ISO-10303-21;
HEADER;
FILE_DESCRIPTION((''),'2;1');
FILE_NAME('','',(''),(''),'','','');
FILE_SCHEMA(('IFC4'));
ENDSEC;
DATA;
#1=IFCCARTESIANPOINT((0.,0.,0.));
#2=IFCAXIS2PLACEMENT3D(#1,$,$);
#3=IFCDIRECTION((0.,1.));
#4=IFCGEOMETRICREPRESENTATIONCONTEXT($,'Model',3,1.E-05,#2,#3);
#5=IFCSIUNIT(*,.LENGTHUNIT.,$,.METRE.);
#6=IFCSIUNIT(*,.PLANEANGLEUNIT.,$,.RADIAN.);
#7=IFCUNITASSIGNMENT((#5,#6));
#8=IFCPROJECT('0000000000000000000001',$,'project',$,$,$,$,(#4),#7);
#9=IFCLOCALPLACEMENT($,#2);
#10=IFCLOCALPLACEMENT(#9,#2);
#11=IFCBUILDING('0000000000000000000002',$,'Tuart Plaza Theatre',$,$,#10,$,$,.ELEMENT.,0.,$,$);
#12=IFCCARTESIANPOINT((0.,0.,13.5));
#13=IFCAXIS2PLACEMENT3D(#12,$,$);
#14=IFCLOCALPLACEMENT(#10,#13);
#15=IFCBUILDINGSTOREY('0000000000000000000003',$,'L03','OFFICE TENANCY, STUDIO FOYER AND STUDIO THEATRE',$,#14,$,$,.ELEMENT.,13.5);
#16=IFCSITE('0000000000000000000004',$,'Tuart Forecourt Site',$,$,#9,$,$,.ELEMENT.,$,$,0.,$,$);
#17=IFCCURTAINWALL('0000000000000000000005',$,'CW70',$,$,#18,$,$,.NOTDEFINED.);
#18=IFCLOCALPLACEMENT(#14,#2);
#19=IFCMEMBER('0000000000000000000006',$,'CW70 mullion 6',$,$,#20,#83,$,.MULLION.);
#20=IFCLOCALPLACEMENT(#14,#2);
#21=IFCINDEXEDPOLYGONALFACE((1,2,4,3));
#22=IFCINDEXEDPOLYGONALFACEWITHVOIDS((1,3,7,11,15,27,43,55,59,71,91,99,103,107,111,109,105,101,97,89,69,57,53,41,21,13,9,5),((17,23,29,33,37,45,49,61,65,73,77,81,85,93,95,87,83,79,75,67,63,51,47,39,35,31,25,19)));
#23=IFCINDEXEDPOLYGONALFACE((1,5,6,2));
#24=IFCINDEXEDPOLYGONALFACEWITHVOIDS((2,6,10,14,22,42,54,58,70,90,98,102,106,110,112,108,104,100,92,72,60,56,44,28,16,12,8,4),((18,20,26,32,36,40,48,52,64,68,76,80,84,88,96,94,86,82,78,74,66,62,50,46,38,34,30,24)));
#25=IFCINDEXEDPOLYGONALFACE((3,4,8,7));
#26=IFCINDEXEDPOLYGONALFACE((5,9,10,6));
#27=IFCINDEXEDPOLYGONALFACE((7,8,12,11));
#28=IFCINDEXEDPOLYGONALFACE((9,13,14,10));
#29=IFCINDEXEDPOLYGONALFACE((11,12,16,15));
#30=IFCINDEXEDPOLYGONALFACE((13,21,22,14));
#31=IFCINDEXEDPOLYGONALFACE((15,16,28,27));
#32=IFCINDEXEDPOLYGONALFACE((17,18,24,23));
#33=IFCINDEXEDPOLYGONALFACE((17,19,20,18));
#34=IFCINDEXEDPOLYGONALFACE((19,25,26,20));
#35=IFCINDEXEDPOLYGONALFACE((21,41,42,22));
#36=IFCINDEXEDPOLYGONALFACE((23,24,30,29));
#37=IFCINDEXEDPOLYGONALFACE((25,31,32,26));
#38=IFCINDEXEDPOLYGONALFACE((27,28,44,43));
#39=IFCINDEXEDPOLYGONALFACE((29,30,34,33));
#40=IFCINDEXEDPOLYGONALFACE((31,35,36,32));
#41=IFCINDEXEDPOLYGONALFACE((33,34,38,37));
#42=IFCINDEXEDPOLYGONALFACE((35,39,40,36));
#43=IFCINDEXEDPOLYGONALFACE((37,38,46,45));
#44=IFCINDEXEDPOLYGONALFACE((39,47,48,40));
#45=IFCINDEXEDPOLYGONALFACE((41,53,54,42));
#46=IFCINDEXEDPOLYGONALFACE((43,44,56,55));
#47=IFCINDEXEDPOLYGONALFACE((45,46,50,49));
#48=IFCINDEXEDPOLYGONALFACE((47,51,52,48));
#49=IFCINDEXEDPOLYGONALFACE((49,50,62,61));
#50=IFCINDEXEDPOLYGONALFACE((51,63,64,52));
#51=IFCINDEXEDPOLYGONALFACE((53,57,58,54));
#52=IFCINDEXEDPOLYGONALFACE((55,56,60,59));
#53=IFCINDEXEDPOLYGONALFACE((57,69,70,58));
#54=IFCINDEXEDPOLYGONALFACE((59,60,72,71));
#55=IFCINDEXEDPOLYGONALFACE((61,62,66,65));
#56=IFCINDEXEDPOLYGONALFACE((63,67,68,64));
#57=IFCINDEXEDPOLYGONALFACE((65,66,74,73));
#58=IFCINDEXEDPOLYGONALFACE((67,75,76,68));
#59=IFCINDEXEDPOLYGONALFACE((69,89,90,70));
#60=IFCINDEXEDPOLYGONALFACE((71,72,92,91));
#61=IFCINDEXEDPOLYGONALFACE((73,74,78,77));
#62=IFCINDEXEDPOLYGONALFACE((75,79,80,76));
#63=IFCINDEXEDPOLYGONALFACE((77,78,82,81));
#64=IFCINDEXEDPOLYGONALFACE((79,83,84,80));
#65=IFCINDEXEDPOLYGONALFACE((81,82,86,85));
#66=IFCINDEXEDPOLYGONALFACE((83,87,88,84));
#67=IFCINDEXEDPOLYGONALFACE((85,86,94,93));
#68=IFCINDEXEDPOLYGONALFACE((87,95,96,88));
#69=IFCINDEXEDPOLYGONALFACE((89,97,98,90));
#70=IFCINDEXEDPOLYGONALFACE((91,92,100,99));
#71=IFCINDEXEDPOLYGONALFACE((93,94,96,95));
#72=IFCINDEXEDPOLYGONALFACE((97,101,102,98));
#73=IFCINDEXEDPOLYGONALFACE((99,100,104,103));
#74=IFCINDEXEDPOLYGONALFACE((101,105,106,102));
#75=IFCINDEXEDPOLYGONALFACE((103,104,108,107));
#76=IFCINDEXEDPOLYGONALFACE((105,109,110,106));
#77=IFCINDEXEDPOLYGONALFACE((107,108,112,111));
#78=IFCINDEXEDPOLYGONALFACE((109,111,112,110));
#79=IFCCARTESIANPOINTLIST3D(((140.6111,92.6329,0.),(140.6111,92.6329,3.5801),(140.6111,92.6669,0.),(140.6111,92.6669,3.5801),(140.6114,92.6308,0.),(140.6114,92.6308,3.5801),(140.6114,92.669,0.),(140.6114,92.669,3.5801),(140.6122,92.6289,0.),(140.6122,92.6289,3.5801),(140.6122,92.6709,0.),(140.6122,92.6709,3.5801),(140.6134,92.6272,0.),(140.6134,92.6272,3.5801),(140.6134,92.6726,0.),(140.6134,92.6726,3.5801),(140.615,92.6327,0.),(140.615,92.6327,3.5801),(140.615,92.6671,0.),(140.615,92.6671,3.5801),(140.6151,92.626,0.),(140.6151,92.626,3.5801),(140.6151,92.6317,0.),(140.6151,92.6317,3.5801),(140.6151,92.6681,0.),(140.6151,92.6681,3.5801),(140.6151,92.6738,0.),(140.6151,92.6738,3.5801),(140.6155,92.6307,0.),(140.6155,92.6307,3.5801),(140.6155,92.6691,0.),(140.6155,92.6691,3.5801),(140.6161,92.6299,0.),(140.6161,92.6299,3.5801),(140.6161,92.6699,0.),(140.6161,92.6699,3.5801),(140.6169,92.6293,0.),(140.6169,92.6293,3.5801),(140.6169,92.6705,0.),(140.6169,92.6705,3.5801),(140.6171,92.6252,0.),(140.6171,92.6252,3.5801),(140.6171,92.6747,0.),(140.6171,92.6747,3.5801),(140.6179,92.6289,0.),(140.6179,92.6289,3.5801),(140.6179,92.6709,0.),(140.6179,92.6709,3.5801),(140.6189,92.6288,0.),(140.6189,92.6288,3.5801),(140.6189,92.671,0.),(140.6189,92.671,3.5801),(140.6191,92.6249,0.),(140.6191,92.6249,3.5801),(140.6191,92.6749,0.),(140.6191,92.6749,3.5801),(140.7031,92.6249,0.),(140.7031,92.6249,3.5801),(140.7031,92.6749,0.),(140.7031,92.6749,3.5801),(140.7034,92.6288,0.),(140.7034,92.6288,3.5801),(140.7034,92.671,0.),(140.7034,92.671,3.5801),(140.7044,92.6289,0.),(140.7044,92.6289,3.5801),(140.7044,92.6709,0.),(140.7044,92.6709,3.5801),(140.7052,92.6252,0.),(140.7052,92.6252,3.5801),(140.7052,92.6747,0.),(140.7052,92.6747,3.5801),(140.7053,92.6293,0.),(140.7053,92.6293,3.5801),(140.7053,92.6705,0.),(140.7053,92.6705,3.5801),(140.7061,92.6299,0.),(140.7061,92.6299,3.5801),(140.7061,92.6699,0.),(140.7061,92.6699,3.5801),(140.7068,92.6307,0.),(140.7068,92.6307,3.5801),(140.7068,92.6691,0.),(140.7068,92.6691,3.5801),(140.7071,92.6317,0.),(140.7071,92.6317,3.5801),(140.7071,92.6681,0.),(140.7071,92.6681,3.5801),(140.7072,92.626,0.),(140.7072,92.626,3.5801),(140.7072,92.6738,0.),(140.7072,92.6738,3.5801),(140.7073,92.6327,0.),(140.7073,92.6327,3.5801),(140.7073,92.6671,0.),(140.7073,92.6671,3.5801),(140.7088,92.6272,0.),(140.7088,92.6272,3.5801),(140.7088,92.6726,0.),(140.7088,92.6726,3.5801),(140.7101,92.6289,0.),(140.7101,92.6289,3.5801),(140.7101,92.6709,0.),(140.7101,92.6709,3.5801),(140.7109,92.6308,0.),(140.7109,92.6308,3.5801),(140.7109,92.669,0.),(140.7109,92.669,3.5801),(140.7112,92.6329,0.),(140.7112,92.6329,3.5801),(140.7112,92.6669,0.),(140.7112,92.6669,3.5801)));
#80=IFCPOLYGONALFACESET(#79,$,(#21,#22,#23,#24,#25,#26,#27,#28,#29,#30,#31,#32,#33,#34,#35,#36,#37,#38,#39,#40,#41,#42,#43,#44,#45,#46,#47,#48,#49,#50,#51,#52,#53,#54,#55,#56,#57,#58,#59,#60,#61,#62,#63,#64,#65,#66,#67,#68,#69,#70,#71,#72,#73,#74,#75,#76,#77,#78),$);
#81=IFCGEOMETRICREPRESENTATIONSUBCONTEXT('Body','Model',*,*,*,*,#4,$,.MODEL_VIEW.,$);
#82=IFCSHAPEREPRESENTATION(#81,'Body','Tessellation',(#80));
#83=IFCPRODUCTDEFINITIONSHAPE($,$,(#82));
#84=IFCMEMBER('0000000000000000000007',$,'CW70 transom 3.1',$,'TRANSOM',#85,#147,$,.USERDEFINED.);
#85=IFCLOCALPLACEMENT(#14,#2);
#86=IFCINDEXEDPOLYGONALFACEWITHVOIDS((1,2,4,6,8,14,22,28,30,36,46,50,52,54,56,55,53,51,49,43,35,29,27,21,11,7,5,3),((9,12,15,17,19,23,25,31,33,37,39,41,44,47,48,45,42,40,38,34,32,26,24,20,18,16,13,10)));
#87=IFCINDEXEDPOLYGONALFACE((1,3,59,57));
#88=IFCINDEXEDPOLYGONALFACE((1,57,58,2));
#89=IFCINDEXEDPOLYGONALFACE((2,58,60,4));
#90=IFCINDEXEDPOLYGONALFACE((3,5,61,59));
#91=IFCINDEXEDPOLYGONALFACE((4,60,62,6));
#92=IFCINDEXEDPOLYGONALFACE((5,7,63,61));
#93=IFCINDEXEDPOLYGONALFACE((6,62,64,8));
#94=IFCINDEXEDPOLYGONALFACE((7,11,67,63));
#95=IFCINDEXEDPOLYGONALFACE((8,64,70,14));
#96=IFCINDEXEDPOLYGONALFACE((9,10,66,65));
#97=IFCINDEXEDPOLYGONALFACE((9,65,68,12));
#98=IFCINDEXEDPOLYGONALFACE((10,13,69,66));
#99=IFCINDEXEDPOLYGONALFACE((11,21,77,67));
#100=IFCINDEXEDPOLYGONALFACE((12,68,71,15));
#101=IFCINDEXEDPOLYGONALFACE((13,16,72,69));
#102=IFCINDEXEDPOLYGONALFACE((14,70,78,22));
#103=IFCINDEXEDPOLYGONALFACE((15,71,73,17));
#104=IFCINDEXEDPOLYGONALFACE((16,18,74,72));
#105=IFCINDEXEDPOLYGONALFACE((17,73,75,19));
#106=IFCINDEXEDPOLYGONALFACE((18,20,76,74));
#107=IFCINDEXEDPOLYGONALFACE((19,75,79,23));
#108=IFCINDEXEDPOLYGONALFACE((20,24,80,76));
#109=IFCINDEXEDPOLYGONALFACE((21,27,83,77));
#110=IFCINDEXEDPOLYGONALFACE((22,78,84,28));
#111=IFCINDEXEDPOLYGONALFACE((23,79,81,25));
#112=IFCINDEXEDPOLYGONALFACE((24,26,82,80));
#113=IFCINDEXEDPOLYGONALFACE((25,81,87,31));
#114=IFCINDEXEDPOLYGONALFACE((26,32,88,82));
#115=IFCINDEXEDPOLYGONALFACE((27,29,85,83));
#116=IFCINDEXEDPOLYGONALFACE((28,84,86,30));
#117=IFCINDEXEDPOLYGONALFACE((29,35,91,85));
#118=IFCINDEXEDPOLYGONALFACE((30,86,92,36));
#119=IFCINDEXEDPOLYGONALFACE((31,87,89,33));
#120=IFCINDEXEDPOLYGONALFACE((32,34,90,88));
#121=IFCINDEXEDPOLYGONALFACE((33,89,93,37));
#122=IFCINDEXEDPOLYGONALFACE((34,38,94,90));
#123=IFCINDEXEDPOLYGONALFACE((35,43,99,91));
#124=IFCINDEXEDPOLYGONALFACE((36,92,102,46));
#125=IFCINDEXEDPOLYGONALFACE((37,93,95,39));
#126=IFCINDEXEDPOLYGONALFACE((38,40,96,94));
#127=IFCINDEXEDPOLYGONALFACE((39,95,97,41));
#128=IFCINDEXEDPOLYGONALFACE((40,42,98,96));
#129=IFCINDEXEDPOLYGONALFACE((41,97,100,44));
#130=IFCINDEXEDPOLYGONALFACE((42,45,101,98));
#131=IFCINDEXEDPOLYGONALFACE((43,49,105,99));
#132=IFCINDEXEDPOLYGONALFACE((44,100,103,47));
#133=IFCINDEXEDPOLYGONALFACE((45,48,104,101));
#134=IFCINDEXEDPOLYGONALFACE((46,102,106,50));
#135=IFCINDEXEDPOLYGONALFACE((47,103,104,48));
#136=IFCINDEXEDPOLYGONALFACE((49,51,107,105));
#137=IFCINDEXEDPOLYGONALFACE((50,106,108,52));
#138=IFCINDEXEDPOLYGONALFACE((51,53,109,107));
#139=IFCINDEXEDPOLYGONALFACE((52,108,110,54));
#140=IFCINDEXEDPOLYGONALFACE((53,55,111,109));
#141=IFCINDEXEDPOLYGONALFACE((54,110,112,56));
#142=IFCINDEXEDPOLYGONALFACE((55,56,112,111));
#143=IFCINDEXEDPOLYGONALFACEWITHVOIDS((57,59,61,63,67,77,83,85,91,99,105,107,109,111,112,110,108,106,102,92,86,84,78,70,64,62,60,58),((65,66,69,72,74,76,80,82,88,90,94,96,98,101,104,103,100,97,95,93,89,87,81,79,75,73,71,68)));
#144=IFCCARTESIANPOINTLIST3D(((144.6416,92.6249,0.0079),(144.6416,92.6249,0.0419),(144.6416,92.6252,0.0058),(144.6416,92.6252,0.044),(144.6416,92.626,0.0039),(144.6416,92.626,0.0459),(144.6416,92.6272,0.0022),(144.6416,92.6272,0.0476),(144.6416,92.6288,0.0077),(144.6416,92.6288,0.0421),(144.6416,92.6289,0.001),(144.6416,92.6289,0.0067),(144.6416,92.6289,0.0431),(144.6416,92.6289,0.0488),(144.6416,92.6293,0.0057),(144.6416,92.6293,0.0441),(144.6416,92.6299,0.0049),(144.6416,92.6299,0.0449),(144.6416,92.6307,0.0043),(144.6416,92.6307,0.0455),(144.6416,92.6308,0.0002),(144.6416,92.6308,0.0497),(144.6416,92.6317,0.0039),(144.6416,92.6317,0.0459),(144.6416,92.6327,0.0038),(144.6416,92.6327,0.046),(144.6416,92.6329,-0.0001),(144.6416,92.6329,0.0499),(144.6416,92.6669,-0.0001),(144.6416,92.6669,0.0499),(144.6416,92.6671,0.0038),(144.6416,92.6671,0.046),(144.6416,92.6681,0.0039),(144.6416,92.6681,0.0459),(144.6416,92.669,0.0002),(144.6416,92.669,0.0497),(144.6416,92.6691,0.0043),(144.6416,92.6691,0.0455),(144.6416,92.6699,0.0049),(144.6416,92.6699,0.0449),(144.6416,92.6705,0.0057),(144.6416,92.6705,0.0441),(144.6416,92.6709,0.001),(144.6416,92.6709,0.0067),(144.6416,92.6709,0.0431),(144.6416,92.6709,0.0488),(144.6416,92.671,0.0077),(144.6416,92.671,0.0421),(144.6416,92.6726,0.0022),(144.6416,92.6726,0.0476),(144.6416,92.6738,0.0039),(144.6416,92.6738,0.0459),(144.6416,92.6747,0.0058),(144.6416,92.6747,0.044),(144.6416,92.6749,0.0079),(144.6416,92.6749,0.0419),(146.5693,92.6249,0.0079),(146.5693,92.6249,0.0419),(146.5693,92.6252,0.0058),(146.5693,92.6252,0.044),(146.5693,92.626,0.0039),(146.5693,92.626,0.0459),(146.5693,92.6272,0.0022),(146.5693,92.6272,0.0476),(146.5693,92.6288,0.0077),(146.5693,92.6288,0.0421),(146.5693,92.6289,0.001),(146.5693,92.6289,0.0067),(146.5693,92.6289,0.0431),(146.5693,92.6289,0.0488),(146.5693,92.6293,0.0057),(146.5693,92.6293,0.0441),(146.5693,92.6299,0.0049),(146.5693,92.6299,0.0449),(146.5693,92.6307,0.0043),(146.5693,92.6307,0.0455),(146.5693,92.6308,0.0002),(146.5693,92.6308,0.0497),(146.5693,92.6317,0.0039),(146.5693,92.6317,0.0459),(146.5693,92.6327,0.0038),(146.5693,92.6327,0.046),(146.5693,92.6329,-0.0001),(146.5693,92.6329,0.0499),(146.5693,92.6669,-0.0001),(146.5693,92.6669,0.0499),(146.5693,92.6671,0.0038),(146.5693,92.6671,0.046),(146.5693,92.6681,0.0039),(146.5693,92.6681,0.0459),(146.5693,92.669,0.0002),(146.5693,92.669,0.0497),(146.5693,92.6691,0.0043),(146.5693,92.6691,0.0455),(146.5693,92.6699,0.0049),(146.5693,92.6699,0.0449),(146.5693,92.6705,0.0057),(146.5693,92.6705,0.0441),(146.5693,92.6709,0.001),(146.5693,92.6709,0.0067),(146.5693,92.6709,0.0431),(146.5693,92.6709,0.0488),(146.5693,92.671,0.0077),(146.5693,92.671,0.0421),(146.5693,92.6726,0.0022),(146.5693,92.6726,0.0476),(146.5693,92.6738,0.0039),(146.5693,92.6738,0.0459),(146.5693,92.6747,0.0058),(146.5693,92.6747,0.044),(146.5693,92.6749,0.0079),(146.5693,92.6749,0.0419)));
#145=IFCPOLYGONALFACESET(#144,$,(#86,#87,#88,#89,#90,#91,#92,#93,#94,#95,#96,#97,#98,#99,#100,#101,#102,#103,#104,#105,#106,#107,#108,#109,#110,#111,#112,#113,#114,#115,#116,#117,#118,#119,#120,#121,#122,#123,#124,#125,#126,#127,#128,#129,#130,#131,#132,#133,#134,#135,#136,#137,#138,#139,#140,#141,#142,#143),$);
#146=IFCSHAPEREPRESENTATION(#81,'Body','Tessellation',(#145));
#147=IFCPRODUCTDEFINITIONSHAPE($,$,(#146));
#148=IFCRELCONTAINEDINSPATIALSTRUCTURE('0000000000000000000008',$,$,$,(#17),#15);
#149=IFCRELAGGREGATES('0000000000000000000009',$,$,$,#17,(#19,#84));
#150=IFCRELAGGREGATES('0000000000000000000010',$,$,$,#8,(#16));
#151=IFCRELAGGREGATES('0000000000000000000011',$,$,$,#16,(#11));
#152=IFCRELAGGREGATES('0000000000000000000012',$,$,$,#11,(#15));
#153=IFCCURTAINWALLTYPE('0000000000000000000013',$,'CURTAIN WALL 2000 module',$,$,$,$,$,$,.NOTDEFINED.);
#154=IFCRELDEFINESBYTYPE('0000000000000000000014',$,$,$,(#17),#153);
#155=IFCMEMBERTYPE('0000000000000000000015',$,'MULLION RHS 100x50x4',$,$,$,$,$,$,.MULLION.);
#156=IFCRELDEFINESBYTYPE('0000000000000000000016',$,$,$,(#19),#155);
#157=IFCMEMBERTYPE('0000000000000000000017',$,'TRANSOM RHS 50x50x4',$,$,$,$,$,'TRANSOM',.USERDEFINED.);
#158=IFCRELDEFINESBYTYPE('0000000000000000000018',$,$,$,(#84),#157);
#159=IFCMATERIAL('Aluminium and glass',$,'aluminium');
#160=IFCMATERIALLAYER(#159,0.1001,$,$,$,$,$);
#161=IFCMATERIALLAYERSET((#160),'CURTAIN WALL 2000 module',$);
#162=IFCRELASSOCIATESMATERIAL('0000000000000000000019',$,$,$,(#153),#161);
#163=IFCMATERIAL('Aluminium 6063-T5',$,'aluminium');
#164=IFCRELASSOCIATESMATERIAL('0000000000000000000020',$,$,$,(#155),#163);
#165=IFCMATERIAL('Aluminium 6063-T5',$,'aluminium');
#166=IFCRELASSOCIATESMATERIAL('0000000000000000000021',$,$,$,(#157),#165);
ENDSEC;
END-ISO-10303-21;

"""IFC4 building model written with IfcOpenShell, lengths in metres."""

from ifc_helpers import new_model, si_unit, direction, frame, origin, origin_2d, place, context, subcontext, project, spatial, hollow_rectangle, extrude, material, layer, layer_set, material_profile, profile_set, type_object, element, aggregate, save


model = new_model("IFC4")

# Units and contexts
model_context = context("Model", 3, precision=1e-05, world=origin(), true_north=direction((0.0, 1.0)))
body_context = subcontext(model_context, "Body", "Model", "MODEL_VIEW")
ifc_project = project(units=[si_unit("LENGTHUNIT", "METRE"), si_unit("PLANEANGLEUNIT", "RADIAN")], contexts=[model_context])

# Site, building, storey
site_placement = place(None, origin())
site = spatial("IfcSite", under=ifc_project, at=site_placement, Name="Tuart Forecourt Site", CompositionType="ELEMENT", RefElevation=0.0)
building_placement = place(site_placement, origin())
building = spatial("IfcBuilding", under=site, at=building_placement, Name="Tuart Plaza Theatre", CompositionType="ELEMENT", ElevationOfRefHeight=0.0)
storey_placement = place(building_placement, frame((0.0, 0.0, 13.5)))
storey = spatial("IfcBuildingStorey", under=building, at=storey_placement, Name="L03", Description="OFFICE TENANCY, STUDIO FOYER AND STUDIO THEATRE", CompositionType="ELEMENT", Elevation=13.5)

# Curtain wall, members
ifc_material_1 = material(Name="Aluminium and glass", Category="aluminium")
ifc_layer_1 = layer(ifc_material_1, 0.1001)
ifc_layer_set_1 = layer_set([ifc_layer_1], Name="CURTAIN WALL 2000 module")
curtain_wall_type = type_object("IfcCurtainWallType", Name="CURTAIN WALL 2000 module", PredefinedType="NOTDEFINED", material=ifc_layer_set_1)
curtain_wall_placement = place(storey_placement, origin())
curtain_wall = element("IfcCurtainWall", 1, at=curtain_wall_placement, inside=storey, type_object=curtain_wall_type, Name="CW70", PredefinedType="NOTDEFINED")
ifc_material_2 = material(Name="Aluminium 6063-T5", Category="aluminium")
ifc_material_profile_1 = material_profile(ifc_material_2, hollow_rectangle(XDim=0.05, YDim=0.1001, WallThickness=0.0039, InnerFilletRadius=0.0039, OuterFilletRadius=0.0081, at=origin_2d()), Name="RHS 100x50x4")
ifc_profile_set_1 = profile_set([ifc_material_profile_1], Name="Aluminium 6063-T5")
member_type_1 = type_object("IfcMemberType", Name="MULLION RHS 100x50x4", PredefinedType="MULLION", material=ifc_profile_set_1)
member_1_placement = place(storey_placement, frame((140.6611, 92.6499, 0.0), z_axis=(0.0, 0.0, 1.0), x_axis=(0.0, -1.0, 0.0)))
member_1 = element("IfcMember", 2, at=member_1_placement, type_object=member_type_1, Name="CW70 mullion 6", PredefinedType="MULLION", context=body_context, shape_type="SweptSolid", body=[
    extrude(hollow_rectangle(XDim=0.05, YDim=0.1001, WallThickness=0.0039, InnerFilletRadius=0.0039, OuterFilletRadius=0.0081, at=origin_2d()), origin(), (0.0, 0.0, 1.0), 3.5801),
])
ifc_material_3 = material(Name="Aluminium 6063-T5", Category="aluminium")
ifc_material_profile_2 = material_profile(ifc_material_3, hollow_rectangle(XDim=0.05, YDim=0.05, WallThickness=0.0039, InnerFilletRadius=0.0039, OuterFilletRadius=0.0081, at=origin_2d()), Name="RHS 50x50x4")
ifc_profile_set_2 = profile_set([ifc_material_profile_2], Name="Aluminium 6063-T5")
member_type_2 = type_object("IfcMemberType", Name="TRANSOM RHS 50x50x4", ElementType="TRANSOM", PredefinedType="USERDEFINED", material=ifc_profile_set_2)
member_2_placement = place(storey_placement, frame((146.5693, 92.6499, 0.0249), z_axis=(-1.0, 0.0, 0.0), x_axis=(0.0, -1.0, 0.0)))
member_2 = element("IfcMember", 3, at=member_2_placement, type_object=member_type_2, Name="CW70 transom 3.1", ObjectType="TRANSOM", PredefinedType="USERDEFINED", context=body_context, shape_type="SweptSolid", body=[
    extrude(hollow_rectangle(XDim=0.05, YDim=0.05, WallThickness=0.0039, InnerFilletRadius=0.0039, OuterFilletRadius=0.0081, at=origin_2d()), origin(), (0.0, 0.0, 1.0), 1.9277),
])
aggregate(curtain_wall, [member_1, member_2])

save(model, "model.ifc")
